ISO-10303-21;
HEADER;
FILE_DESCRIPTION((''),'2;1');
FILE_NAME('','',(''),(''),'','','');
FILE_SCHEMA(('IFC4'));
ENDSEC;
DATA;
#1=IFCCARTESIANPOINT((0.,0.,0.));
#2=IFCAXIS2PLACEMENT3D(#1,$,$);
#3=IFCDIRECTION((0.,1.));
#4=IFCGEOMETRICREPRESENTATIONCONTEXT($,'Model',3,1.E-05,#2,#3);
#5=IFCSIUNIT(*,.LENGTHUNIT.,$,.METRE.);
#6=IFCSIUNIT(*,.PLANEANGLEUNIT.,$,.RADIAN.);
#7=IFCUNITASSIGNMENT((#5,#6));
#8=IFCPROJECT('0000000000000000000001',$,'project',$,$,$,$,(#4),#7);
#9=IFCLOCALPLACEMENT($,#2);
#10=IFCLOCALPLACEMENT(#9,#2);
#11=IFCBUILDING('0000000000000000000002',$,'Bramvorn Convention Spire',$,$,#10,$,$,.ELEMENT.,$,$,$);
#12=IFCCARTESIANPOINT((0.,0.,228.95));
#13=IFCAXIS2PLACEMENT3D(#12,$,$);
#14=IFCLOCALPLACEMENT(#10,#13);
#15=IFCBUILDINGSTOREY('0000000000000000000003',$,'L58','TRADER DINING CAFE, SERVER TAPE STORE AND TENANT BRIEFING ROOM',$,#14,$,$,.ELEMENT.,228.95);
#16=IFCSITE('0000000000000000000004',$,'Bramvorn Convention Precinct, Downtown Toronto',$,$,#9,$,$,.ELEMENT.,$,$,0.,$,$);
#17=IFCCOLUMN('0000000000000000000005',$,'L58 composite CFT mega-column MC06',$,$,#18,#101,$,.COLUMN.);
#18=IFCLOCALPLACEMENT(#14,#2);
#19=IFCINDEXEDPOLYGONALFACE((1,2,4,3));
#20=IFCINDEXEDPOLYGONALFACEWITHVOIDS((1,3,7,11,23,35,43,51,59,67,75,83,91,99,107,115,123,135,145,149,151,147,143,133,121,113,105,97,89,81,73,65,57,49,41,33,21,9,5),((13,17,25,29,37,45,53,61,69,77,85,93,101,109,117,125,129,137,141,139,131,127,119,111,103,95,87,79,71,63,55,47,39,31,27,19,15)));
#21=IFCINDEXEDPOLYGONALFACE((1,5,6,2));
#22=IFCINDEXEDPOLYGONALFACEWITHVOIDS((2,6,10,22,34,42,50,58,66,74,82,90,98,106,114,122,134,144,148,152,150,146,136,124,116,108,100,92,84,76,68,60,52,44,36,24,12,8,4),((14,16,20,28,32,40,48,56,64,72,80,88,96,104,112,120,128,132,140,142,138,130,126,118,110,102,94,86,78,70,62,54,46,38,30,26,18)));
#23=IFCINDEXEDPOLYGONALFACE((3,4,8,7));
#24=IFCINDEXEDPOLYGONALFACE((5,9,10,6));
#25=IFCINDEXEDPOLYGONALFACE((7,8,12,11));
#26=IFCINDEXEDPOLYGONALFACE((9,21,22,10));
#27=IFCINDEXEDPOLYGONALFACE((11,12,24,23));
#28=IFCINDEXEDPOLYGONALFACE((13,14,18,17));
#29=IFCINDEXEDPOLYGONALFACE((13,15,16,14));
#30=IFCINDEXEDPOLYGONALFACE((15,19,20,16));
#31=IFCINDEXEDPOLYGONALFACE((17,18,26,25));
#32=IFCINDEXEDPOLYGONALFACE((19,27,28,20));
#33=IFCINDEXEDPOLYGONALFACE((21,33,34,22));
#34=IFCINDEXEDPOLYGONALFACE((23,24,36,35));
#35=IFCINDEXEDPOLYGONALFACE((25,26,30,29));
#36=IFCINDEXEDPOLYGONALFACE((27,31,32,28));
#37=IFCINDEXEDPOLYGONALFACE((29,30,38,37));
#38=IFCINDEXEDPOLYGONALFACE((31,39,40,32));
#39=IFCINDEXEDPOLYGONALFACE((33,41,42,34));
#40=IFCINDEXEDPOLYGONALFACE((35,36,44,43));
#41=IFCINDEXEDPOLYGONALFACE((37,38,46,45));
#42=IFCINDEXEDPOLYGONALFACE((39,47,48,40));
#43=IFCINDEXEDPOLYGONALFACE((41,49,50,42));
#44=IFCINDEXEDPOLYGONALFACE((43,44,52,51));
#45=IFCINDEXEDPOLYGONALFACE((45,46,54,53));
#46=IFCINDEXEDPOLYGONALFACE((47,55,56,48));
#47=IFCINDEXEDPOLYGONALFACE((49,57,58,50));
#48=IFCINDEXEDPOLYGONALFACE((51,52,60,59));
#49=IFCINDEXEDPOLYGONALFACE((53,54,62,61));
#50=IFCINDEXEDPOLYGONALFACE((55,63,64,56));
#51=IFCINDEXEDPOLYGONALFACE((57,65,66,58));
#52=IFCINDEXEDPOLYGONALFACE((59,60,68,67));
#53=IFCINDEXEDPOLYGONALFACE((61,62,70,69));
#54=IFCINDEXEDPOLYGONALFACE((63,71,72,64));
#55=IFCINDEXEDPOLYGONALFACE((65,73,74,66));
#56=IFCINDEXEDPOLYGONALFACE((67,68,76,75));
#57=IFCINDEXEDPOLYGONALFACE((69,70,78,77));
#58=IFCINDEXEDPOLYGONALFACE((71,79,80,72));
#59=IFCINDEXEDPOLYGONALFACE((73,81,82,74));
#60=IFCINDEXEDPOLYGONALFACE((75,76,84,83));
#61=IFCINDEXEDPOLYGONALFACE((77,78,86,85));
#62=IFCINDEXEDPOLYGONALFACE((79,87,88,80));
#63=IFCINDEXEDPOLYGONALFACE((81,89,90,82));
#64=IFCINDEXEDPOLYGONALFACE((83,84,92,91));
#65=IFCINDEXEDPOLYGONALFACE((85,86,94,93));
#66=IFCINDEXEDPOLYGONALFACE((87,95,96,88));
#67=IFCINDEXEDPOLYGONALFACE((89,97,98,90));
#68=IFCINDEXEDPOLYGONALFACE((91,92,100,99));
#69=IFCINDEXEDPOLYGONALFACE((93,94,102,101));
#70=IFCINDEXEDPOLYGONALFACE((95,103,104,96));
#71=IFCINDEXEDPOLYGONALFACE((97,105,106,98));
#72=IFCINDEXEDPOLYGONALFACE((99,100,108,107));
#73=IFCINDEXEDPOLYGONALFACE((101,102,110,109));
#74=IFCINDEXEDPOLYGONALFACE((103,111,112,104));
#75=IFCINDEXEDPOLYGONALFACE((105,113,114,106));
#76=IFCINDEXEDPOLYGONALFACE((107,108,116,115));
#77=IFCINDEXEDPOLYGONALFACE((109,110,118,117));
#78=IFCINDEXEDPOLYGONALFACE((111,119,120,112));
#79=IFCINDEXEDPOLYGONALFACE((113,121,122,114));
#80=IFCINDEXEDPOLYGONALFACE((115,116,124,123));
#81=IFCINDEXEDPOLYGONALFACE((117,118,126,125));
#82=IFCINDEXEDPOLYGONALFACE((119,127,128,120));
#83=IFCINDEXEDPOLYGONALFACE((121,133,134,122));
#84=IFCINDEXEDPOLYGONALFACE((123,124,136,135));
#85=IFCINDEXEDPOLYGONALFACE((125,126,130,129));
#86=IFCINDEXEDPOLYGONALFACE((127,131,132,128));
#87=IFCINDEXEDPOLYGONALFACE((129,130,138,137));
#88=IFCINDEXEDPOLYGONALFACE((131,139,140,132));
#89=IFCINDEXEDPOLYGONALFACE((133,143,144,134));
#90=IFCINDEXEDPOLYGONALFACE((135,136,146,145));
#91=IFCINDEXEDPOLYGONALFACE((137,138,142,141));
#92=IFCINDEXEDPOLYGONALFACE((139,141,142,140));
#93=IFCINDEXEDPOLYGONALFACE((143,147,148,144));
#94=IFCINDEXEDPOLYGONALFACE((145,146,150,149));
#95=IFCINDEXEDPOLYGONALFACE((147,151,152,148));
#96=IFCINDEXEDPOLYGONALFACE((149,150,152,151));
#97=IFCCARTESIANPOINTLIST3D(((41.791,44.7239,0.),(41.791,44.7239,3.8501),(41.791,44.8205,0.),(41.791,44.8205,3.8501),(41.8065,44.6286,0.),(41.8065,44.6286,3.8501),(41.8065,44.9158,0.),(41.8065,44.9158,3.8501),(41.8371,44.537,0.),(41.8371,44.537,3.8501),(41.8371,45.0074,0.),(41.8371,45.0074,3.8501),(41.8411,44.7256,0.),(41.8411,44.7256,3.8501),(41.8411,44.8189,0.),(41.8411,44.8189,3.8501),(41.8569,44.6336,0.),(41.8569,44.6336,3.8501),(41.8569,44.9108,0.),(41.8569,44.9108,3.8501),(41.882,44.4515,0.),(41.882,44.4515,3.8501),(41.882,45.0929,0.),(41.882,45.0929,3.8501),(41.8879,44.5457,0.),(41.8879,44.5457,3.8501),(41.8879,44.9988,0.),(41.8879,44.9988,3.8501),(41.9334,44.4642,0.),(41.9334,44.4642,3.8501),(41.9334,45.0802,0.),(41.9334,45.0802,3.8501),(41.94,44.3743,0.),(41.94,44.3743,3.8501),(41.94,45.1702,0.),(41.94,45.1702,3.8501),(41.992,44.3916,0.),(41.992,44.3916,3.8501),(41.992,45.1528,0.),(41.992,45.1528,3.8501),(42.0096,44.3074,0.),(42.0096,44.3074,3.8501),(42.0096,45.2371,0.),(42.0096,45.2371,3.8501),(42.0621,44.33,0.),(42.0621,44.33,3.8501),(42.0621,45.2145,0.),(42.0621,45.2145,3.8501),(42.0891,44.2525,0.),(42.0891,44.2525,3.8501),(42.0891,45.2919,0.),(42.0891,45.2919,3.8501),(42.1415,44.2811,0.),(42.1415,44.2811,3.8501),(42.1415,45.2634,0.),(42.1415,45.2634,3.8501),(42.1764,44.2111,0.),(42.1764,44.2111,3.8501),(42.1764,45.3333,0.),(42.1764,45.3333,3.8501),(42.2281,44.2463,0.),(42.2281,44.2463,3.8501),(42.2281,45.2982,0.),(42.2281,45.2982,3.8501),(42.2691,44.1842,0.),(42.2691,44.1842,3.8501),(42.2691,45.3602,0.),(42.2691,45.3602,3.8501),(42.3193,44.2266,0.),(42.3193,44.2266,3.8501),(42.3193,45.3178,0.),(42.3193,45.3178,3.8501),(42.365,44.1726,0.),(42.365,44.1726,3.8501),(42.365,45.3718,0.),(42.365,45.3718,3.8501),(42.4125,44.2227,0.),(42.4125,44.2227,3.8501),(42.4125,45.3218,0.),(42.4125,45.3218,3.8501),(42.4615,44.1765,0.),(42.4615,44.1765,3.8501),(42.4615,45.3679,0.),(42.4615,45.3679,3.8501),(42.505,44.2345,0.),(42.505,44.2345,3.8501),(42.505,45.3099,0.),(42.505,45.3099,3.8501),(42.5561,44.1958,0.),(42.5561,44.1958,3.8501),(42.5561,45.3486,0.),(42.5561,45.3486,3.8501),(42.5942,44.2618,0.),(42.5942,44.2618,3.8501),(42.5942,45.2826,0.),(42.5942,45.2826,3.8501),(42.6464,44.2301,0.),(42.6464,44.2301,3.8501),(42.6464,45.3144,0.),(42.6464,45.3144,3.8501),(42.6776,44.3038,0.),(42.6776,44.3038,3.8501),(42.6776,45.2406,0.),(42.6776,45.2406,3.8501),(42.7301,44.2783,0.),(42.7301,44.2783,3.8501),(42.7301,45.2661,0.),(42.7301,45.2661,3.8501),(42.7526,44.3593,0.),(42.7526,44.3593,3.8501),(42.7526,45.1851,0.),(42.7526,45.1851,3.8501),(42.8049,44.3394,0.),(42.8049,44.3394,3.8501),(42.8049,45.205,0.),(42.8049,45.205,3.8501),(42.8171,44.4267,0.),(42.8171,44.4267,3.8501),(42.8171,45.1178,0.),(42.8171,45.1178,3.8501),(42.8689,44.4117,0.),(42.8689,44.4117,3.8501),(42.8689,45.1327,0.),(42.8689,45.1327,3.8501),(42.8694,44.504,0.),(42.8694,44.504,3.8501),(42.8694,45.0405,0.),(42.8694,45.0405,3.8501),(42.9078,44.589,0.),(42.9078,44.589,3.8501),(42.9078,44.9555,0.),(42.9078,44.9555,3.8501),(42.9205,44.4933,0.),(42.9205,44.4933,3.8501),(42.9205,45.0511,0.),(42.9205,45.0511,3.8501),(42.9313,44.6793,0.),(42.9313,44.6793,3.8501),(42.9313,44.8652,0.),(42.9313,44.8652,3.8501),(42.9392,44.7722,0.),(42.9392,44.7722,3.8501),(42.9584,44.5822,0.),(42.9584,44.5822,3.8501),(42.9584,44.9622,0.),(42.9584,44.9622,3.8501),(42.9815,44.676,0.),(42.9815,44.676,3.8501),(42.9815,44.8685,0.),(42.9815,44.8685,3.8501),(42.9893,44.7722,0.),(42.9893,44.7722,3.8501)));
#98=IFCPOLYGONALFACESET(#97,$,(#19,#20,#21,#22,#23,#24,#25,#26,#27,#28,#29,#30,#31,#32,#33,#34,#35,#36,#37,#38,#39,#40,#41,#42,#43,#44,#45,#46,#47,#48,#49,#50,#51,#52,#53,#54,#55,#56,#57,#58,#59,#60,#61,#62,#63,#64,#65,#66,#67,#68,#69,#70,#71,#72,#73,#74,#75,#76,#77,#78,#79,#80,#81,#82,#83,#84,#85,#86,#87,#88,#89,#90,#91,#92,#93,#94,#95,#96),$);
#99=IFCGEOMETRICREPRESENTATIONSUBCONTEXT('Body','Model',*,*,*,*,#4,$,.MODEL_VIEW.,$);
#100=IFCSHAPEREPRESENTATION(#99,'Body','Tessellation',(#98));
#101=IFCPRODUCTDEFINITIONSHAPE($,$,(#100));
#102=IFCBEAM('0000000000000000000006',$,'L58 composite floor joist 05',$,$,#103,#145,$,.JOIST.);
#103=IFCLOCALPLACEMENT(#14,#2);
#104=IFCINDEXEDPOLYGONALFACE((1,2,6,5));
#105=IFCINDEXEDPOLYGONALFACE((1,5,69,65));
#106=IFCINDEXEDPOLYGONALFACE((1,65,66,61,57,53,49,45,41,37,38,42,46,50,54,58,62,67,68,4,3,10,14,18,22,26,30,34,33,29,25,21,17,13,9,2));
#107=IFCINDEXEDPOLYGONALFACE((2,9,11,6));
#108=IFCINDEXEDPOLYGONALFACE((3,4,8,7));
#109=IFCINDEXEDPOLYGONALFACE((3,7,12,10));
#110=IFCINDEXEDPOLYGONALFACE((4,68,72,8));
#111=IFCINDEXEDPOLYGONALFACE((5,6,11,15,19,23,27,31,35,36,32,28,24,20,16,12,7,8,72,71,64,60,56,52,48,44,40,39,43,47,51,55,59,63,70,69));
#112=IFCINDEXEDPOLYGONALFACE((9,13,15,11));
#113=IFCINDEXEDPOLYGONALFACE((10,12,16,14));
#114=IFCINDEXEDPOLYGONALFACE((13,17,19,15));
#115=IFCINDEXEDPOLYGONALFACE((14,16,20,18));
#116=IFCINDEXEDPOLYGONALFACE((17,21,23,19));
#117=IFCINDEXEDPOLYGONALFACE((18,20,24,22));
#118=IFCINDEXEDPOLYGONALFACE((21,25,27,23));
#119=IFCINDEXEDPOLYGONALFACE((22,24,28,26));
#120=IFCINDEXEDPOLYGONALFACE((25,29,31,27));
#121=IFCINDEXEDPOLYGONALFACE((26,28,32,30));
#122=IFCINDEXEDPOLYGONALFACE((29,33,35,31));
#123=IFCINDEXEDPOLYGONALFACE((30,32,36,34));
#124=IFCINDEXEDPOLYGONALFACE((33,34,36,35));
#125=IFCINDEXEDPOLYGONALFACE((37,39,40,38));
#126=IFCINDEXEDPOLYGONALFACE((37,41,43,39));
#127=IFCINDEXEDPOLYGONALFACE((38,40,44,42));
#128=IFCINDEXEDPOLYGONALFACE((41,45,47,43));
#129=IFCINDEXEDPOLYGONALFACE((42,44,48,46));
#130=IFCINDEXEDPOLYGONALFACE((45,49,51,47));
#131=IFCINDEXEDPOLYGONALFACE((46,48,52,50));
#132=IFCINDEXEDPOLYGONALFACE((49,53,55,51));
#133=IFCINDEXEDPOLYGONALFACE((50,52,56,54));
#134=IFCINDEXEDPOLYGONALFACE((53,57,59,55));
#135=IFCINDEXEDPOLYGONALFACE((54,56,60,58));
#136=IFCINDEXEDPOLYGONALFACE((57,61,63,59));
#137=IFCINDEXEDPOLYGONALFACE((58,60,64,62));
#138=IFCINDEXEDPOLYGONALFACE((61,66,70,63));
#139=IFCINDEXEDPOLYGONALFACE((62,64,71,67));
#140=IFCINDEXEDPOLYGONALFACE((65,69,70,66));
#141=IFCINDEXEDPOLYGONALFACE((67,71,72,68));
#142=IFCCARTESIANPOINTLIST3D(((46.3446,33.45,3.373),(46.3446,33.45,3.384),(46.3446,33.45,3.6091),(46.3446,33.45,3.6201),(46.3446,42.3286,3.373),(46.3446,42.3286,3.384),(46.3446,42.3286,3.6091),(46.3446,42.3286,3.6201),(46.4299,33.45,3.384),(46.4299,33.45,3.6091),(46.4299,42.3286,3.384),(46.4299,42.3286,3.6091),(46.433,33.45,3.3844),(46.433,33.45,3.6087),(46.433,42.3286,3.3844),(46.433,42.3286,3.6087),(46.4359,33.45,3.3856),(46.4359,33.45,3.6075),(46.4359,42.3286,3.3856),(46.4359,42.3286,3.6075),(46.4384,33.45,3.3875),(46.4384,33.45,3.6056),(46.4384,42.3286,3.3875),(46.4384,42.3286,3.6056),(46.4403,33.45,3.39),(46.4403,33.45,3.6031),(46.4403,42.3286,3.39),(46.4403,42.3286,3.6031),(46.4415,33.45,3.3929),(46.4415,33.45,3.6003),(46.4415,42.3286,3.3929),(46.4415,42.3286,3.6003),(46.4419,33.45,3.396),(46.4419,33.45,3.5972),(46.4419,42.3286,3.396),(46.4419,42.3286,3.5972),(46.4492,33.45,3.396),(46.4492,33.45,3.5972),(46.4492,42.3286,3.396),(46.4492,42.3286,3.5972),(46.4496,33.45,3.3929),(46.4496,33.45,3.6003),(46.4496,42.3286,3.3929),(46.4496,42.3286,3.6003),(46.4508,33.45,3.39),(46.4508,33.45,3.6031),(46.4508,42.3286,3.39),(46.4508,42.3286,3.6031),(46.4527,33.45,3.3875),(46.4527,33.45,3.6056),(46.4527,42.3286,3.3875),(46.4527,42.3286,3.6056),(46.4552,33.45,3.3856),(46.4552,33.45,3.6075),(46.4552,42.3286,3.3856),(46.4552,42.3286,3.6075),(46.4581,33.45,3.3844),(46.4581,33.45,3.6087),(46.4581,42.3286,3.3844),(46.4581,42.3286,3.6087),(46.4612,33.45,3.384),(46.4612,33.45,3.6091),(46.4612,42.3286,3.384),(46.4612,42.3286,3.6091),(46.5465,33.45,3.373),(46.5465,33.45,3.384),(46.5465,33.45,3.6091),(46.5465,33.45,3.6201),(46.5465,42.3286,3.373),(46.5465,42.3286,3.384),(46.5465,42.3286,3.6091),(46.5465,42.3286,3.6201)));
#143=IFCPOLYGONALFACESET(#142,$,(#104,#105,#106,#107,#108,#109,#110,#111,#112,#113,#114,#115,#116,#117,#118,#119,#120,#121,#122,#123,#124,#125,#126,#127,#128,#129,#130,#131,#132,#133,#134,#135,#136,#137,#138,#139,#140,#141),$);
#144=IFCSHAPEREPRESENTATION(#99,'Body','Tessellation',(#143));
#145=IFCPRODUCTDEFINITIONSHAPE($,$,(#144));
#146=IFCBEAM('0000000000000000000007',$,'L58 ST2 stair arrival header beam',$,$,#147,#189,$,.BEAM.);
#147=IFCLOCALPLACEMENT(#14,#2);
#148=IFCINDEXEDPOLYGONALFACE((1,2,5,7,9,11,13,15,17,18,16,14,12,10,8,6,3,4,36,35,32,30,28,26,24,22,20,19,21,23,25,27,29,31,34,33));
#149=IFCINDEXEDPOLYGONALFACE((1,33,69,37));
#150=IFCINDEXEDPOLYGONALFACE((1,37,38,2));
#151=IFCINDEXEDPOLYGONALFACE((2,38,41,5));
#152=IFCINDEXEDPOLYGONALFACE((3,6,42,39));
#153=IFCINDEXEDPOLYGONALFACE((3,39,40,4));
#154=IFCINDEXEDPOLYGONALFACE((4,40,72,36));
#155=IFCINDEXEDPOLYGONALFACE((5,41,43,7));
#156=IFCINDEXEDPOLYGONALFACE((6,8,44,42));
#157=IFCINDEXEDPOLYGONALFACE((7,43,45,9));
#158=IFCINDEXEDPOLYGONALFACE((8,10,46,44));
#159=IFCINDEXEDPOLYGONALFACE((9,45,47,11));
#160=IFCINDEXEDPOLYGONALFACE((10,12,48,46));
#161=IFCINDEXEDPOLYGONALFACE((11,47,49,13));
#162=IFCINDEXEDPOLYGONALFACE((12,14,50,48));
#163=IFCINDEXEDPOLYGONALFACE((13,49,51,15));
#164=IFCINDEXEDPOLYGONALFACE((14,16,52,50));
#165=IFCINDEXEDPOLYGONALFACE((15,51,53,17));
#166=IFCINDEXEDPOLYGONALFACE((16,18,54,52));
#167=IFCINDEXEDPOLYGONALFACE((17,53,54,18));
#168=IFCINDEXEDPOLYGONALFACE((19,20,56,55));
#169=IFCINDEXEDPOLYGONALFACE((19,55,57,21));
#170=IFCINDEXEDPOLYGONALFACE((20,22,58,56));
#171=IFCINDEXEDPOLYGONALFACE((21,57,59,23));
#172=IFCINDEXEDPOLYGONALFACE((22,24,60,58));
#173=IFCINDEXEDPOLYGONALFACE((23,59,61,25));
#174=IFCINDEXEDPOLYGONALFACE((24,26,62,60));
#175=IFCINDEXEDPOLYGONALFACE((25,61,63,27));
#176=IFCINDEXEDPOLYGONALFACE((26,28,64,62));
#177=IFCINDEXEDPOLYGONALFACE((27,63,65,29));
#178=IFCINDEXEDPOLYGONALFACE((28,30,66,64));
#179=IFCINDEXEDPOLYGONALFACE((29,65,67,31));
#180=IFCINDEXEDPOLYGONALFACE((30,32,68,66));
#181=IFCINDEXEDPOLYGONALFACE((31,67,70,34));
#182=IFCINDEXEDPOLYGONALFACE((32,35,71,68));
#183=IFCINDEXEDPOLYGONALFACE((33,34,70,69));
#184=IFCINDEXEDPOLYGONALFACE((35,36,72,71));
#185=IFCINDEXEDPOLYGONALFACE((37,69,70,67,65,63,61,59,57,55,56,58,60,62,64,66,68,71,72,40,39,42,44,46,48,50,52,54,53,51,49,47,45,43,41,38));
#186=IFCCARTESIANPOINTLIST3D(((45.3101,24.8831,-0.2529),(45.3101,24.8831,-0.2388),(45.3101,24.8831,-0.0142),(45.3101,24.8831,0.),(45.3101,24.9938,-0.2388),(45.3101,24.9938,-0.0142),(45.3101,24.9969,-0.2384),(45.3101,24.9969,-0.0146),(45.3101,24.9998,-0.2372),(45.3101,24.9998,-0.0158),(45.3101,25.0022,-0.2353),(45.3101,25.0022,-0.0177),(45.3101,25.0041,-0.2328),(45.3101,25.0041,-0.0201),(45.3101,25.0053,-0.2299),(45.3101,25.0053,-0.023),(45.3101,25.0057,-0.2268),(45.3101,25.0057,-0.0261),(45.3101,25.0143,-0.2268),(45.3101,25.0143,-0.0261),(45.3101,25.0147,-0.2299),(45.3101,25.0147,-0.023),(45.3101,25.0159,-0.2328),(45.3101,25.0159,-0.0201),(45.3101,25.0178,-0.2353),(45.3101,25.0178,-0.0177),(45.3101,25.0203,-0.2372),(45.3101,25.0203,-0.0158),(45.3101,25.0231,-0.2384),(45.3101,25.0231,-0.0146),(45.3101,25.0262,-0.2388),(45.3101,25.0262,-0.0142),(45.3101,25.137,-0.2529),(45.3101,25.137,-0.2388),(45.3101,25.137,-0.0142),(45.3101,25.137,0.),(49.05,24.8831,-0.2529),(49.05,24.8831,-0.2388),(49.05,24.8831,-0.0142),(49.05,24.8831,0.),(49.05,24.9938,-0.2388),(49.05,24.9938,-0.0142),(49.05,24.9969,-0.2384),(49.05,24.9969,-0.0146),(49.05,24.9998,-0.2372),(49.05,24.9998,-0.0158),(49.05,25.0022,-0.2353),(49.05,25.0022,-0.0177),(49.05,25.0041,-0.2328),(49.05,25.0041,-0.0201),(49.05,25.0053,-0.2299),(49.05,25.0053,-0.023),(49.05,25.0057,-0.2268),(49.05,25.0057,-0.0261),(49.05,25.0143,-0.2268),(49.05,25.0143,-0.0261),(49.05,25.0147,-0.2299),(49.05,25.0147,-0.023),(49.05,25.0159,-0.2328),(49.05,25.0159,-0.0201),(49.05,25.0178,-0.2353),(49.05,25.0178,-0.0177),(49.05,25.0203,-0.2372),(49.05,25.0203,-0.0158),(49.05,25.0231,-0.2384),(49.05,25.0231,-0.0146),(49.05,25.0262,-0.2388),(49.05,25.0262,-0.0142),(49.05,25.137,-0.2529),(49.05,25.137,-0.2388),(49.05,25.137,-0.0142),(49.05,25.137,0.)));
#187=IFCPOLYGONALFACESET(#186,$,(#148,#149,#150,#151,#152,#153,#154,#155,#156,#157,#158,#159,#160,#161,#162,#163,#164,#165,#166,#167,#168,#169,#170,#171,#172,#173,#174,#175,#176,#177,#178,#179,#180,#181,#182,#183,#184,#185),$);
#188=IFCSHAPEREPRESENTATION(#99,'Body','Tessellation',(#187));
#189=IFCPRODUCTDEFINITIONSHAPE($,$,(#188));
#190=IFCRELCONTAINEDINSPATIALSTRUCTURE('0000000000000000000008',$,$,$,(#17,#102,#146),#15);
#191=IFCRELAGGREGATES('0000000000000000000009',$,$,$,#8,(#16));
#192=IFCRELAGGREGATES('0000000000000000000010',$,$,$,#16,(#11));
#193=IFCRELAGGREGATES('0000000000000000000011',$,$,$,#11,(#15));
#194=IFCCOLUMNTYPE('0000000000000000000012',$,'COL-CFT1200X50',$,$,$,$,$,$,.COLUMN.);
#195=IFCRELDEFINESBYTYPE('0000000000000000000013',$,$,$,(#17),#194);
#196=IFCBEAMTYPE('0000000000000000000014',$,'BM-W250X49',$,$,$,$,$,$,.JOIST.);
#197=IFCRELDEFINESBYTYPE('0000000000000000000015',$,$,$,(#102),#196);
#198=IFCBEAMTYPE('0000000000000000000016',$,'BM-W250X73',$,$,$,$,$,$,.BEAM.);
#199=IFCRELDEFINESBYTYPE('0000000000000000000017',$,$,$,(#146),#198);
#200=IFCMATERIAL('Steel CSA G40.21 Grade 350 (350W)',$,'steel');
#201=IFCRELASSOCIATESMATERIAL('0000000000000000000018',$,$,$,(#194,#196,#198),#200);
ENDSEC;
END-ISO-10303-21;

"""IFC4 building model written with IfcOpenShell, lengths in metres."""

from ifc_helpers import new_model, si_unit, direction, frame, origin, origin_2d, place, context, subcontext, project, spatial, hollow_circle, i_section, extrude, material, material_profile, profile_set, type_object, element, save


model = new_model("IFC4")

# Units and contexts
model_context = context("Model", 3, precision=1e-05, world=origin(), true_north=direction((0.0, 1.0)))
body_context = subcontext(model_context, "Body", "Model", "MODEL_VIEW")
ifc_project = project(units=[si_unit("LENGTHUNIT", "METRE"), si_unit("PLANEANGLEUNIT", "RADIAN")], contexts=[model_context])

# Site, building, storey
site_placement = place(None, origin())
site = spatial("IfcSite", under=ifc_project, at=site_placement, Name="Bramvorn Convention Precinct, Downtown Toronto", CompositionType="ELEMENT", RefElevation=0.0)
building_placement = place(site_placement, origin())
building = spatial("IfcBuilding", under=site, at=building_placement, Name="Bramvorn Convention Spire", CompositionType="ELEMENT")
storey_placement = place(building_placement, frame((0.0, 0.0, 228.95)))
storey = spatial("IfcBuildingStorey", under=building, at=storey_placement, Name="L58", Description="TRADER DINING CAFE, SERVER TAPE STORE AND TENANT BRIEFING ROOM", CompositionType="ELEMENT", Elevation=228.95)

# Column
ifc_material_1 = material(Name="Steel CSA G40.21 Grade 350 (350W)", Category="steel")
ifc_material_profile_1 = material_profile(ifc_material_1, hollow_circle(Radius=0.6001, WallThickness=0.05, at=origin_2d()))
ifc_profile_set_1 = profile_set([ifc_material_profile_1], Name="Steel CSA G40.21 Grade 350 (350W) - CFT1200X50")
column_type = type_object("IfcColumnType", Name="COL-CFT1200X50", PredefinedType="COLUMN", material=ifc_profile_set_1)
column_placement = place(storey_placement, frame((42.3892, 44.7722, 0.0), z_axis=(0.0, 0.0, 1.0), x_axis=(1.0, 0.0, 0.0)))
element("IfcColumn", 1, at=column_placement, inside=storey, type_object=column_type, Name="L58 composite CFT mega-column MC06", PredefinedType="COLUMN", context=body_context, shape_type="SweptSolid", body=[
    extrude(hollow_circle(Radius=0.6001, WallThickness=0.05, at=origin_2d()), origin(), (0.0, 0.0, 1.0), 3.8501),
])

# Beams
ifc_material_profile_2 = material_profile(ifc_material_1, i_section(OverallWidth=0.2019, OverallDepth=0.2471, WebThickness=0.0073, FlangeThickness=0.011, FilletRadius=0.012, at=origin_2d()))
ifc_profile_set_2 = profile_set([ifc_material_profile_2], Name="Steel CSA G40.21 Grade 350 (350W) - W250X49")
beam_type_1 = type_object("IfcBeamType", Name="BM-W250X49", PredefinedType="JOIST", material=ifc_profile_set_2)
beam_1_placement = place(storey_placement, frame((46.4456, 33.45, 3.4966), z_axis=(0.0, 1.0, 0.0), x_axis=(-1.0, 0.0, 0.0)))
element("IfcBeam", 2, at=beam_1_placement, inside=storey, type_object=beam_type_1, Name="L58 composite floor joist 05", PredefinedType="JOIST", context=body_context, shape_type="SweptSolid", body=[
    extrude(i_section(OverallWidth=0.2019, OverallDepth=0.2471, WebThickness=0.0073, FlangeThickness=0.011, FilletRadius=0.012, at=origin_2d()), origin(), (0.0, 0.0, 1.0), 8.8787),
])
ifc_material_profile_3 = material_profile(ifc_material_1, i_section(OverallWidth=0.2539, OverallDepth=0.2529, WebThickness=0.0085, FlangeThickness=0.0142, FilletRadius=0.012, at=origin_2d()))
ifc_profile_set_3 = profile_set([ifc_material_profile_3], Name="Steel CSA G40.21 Grade 350 (350W) - W250X73")
beam_type_2 = type_object("IfcBeamType", Name="BM-W250X73", PredefinedType="BEAM", material=ifc_profile_set_3)
beam_2_placement = place(storey_placement, frame((45.3101, 25.01, -0.1265), z_axis=(1.0, 0.0, 0.0), x_axis=(0.0, 1.0, 0.0)))
element("IfcBeam", 3, at=beam_2_placement, inside=storey, type_object=beam_type_2, Name="L58 ST2 stair arrival header beam", PredefinedType="BEAM", context=body_context, shape_type="SweptSolid", body=[
    extrude(i_section(OverallWidth=0.2539, OverallDepth=0.2529, WebThickness=0.0085, FlangeThickness=0.0142, FilletRadius=0.012, at=origin_2d()), origin(), (0.0, 0.0, 1.0), 3.74),
])

save(model, "model.ifc")
